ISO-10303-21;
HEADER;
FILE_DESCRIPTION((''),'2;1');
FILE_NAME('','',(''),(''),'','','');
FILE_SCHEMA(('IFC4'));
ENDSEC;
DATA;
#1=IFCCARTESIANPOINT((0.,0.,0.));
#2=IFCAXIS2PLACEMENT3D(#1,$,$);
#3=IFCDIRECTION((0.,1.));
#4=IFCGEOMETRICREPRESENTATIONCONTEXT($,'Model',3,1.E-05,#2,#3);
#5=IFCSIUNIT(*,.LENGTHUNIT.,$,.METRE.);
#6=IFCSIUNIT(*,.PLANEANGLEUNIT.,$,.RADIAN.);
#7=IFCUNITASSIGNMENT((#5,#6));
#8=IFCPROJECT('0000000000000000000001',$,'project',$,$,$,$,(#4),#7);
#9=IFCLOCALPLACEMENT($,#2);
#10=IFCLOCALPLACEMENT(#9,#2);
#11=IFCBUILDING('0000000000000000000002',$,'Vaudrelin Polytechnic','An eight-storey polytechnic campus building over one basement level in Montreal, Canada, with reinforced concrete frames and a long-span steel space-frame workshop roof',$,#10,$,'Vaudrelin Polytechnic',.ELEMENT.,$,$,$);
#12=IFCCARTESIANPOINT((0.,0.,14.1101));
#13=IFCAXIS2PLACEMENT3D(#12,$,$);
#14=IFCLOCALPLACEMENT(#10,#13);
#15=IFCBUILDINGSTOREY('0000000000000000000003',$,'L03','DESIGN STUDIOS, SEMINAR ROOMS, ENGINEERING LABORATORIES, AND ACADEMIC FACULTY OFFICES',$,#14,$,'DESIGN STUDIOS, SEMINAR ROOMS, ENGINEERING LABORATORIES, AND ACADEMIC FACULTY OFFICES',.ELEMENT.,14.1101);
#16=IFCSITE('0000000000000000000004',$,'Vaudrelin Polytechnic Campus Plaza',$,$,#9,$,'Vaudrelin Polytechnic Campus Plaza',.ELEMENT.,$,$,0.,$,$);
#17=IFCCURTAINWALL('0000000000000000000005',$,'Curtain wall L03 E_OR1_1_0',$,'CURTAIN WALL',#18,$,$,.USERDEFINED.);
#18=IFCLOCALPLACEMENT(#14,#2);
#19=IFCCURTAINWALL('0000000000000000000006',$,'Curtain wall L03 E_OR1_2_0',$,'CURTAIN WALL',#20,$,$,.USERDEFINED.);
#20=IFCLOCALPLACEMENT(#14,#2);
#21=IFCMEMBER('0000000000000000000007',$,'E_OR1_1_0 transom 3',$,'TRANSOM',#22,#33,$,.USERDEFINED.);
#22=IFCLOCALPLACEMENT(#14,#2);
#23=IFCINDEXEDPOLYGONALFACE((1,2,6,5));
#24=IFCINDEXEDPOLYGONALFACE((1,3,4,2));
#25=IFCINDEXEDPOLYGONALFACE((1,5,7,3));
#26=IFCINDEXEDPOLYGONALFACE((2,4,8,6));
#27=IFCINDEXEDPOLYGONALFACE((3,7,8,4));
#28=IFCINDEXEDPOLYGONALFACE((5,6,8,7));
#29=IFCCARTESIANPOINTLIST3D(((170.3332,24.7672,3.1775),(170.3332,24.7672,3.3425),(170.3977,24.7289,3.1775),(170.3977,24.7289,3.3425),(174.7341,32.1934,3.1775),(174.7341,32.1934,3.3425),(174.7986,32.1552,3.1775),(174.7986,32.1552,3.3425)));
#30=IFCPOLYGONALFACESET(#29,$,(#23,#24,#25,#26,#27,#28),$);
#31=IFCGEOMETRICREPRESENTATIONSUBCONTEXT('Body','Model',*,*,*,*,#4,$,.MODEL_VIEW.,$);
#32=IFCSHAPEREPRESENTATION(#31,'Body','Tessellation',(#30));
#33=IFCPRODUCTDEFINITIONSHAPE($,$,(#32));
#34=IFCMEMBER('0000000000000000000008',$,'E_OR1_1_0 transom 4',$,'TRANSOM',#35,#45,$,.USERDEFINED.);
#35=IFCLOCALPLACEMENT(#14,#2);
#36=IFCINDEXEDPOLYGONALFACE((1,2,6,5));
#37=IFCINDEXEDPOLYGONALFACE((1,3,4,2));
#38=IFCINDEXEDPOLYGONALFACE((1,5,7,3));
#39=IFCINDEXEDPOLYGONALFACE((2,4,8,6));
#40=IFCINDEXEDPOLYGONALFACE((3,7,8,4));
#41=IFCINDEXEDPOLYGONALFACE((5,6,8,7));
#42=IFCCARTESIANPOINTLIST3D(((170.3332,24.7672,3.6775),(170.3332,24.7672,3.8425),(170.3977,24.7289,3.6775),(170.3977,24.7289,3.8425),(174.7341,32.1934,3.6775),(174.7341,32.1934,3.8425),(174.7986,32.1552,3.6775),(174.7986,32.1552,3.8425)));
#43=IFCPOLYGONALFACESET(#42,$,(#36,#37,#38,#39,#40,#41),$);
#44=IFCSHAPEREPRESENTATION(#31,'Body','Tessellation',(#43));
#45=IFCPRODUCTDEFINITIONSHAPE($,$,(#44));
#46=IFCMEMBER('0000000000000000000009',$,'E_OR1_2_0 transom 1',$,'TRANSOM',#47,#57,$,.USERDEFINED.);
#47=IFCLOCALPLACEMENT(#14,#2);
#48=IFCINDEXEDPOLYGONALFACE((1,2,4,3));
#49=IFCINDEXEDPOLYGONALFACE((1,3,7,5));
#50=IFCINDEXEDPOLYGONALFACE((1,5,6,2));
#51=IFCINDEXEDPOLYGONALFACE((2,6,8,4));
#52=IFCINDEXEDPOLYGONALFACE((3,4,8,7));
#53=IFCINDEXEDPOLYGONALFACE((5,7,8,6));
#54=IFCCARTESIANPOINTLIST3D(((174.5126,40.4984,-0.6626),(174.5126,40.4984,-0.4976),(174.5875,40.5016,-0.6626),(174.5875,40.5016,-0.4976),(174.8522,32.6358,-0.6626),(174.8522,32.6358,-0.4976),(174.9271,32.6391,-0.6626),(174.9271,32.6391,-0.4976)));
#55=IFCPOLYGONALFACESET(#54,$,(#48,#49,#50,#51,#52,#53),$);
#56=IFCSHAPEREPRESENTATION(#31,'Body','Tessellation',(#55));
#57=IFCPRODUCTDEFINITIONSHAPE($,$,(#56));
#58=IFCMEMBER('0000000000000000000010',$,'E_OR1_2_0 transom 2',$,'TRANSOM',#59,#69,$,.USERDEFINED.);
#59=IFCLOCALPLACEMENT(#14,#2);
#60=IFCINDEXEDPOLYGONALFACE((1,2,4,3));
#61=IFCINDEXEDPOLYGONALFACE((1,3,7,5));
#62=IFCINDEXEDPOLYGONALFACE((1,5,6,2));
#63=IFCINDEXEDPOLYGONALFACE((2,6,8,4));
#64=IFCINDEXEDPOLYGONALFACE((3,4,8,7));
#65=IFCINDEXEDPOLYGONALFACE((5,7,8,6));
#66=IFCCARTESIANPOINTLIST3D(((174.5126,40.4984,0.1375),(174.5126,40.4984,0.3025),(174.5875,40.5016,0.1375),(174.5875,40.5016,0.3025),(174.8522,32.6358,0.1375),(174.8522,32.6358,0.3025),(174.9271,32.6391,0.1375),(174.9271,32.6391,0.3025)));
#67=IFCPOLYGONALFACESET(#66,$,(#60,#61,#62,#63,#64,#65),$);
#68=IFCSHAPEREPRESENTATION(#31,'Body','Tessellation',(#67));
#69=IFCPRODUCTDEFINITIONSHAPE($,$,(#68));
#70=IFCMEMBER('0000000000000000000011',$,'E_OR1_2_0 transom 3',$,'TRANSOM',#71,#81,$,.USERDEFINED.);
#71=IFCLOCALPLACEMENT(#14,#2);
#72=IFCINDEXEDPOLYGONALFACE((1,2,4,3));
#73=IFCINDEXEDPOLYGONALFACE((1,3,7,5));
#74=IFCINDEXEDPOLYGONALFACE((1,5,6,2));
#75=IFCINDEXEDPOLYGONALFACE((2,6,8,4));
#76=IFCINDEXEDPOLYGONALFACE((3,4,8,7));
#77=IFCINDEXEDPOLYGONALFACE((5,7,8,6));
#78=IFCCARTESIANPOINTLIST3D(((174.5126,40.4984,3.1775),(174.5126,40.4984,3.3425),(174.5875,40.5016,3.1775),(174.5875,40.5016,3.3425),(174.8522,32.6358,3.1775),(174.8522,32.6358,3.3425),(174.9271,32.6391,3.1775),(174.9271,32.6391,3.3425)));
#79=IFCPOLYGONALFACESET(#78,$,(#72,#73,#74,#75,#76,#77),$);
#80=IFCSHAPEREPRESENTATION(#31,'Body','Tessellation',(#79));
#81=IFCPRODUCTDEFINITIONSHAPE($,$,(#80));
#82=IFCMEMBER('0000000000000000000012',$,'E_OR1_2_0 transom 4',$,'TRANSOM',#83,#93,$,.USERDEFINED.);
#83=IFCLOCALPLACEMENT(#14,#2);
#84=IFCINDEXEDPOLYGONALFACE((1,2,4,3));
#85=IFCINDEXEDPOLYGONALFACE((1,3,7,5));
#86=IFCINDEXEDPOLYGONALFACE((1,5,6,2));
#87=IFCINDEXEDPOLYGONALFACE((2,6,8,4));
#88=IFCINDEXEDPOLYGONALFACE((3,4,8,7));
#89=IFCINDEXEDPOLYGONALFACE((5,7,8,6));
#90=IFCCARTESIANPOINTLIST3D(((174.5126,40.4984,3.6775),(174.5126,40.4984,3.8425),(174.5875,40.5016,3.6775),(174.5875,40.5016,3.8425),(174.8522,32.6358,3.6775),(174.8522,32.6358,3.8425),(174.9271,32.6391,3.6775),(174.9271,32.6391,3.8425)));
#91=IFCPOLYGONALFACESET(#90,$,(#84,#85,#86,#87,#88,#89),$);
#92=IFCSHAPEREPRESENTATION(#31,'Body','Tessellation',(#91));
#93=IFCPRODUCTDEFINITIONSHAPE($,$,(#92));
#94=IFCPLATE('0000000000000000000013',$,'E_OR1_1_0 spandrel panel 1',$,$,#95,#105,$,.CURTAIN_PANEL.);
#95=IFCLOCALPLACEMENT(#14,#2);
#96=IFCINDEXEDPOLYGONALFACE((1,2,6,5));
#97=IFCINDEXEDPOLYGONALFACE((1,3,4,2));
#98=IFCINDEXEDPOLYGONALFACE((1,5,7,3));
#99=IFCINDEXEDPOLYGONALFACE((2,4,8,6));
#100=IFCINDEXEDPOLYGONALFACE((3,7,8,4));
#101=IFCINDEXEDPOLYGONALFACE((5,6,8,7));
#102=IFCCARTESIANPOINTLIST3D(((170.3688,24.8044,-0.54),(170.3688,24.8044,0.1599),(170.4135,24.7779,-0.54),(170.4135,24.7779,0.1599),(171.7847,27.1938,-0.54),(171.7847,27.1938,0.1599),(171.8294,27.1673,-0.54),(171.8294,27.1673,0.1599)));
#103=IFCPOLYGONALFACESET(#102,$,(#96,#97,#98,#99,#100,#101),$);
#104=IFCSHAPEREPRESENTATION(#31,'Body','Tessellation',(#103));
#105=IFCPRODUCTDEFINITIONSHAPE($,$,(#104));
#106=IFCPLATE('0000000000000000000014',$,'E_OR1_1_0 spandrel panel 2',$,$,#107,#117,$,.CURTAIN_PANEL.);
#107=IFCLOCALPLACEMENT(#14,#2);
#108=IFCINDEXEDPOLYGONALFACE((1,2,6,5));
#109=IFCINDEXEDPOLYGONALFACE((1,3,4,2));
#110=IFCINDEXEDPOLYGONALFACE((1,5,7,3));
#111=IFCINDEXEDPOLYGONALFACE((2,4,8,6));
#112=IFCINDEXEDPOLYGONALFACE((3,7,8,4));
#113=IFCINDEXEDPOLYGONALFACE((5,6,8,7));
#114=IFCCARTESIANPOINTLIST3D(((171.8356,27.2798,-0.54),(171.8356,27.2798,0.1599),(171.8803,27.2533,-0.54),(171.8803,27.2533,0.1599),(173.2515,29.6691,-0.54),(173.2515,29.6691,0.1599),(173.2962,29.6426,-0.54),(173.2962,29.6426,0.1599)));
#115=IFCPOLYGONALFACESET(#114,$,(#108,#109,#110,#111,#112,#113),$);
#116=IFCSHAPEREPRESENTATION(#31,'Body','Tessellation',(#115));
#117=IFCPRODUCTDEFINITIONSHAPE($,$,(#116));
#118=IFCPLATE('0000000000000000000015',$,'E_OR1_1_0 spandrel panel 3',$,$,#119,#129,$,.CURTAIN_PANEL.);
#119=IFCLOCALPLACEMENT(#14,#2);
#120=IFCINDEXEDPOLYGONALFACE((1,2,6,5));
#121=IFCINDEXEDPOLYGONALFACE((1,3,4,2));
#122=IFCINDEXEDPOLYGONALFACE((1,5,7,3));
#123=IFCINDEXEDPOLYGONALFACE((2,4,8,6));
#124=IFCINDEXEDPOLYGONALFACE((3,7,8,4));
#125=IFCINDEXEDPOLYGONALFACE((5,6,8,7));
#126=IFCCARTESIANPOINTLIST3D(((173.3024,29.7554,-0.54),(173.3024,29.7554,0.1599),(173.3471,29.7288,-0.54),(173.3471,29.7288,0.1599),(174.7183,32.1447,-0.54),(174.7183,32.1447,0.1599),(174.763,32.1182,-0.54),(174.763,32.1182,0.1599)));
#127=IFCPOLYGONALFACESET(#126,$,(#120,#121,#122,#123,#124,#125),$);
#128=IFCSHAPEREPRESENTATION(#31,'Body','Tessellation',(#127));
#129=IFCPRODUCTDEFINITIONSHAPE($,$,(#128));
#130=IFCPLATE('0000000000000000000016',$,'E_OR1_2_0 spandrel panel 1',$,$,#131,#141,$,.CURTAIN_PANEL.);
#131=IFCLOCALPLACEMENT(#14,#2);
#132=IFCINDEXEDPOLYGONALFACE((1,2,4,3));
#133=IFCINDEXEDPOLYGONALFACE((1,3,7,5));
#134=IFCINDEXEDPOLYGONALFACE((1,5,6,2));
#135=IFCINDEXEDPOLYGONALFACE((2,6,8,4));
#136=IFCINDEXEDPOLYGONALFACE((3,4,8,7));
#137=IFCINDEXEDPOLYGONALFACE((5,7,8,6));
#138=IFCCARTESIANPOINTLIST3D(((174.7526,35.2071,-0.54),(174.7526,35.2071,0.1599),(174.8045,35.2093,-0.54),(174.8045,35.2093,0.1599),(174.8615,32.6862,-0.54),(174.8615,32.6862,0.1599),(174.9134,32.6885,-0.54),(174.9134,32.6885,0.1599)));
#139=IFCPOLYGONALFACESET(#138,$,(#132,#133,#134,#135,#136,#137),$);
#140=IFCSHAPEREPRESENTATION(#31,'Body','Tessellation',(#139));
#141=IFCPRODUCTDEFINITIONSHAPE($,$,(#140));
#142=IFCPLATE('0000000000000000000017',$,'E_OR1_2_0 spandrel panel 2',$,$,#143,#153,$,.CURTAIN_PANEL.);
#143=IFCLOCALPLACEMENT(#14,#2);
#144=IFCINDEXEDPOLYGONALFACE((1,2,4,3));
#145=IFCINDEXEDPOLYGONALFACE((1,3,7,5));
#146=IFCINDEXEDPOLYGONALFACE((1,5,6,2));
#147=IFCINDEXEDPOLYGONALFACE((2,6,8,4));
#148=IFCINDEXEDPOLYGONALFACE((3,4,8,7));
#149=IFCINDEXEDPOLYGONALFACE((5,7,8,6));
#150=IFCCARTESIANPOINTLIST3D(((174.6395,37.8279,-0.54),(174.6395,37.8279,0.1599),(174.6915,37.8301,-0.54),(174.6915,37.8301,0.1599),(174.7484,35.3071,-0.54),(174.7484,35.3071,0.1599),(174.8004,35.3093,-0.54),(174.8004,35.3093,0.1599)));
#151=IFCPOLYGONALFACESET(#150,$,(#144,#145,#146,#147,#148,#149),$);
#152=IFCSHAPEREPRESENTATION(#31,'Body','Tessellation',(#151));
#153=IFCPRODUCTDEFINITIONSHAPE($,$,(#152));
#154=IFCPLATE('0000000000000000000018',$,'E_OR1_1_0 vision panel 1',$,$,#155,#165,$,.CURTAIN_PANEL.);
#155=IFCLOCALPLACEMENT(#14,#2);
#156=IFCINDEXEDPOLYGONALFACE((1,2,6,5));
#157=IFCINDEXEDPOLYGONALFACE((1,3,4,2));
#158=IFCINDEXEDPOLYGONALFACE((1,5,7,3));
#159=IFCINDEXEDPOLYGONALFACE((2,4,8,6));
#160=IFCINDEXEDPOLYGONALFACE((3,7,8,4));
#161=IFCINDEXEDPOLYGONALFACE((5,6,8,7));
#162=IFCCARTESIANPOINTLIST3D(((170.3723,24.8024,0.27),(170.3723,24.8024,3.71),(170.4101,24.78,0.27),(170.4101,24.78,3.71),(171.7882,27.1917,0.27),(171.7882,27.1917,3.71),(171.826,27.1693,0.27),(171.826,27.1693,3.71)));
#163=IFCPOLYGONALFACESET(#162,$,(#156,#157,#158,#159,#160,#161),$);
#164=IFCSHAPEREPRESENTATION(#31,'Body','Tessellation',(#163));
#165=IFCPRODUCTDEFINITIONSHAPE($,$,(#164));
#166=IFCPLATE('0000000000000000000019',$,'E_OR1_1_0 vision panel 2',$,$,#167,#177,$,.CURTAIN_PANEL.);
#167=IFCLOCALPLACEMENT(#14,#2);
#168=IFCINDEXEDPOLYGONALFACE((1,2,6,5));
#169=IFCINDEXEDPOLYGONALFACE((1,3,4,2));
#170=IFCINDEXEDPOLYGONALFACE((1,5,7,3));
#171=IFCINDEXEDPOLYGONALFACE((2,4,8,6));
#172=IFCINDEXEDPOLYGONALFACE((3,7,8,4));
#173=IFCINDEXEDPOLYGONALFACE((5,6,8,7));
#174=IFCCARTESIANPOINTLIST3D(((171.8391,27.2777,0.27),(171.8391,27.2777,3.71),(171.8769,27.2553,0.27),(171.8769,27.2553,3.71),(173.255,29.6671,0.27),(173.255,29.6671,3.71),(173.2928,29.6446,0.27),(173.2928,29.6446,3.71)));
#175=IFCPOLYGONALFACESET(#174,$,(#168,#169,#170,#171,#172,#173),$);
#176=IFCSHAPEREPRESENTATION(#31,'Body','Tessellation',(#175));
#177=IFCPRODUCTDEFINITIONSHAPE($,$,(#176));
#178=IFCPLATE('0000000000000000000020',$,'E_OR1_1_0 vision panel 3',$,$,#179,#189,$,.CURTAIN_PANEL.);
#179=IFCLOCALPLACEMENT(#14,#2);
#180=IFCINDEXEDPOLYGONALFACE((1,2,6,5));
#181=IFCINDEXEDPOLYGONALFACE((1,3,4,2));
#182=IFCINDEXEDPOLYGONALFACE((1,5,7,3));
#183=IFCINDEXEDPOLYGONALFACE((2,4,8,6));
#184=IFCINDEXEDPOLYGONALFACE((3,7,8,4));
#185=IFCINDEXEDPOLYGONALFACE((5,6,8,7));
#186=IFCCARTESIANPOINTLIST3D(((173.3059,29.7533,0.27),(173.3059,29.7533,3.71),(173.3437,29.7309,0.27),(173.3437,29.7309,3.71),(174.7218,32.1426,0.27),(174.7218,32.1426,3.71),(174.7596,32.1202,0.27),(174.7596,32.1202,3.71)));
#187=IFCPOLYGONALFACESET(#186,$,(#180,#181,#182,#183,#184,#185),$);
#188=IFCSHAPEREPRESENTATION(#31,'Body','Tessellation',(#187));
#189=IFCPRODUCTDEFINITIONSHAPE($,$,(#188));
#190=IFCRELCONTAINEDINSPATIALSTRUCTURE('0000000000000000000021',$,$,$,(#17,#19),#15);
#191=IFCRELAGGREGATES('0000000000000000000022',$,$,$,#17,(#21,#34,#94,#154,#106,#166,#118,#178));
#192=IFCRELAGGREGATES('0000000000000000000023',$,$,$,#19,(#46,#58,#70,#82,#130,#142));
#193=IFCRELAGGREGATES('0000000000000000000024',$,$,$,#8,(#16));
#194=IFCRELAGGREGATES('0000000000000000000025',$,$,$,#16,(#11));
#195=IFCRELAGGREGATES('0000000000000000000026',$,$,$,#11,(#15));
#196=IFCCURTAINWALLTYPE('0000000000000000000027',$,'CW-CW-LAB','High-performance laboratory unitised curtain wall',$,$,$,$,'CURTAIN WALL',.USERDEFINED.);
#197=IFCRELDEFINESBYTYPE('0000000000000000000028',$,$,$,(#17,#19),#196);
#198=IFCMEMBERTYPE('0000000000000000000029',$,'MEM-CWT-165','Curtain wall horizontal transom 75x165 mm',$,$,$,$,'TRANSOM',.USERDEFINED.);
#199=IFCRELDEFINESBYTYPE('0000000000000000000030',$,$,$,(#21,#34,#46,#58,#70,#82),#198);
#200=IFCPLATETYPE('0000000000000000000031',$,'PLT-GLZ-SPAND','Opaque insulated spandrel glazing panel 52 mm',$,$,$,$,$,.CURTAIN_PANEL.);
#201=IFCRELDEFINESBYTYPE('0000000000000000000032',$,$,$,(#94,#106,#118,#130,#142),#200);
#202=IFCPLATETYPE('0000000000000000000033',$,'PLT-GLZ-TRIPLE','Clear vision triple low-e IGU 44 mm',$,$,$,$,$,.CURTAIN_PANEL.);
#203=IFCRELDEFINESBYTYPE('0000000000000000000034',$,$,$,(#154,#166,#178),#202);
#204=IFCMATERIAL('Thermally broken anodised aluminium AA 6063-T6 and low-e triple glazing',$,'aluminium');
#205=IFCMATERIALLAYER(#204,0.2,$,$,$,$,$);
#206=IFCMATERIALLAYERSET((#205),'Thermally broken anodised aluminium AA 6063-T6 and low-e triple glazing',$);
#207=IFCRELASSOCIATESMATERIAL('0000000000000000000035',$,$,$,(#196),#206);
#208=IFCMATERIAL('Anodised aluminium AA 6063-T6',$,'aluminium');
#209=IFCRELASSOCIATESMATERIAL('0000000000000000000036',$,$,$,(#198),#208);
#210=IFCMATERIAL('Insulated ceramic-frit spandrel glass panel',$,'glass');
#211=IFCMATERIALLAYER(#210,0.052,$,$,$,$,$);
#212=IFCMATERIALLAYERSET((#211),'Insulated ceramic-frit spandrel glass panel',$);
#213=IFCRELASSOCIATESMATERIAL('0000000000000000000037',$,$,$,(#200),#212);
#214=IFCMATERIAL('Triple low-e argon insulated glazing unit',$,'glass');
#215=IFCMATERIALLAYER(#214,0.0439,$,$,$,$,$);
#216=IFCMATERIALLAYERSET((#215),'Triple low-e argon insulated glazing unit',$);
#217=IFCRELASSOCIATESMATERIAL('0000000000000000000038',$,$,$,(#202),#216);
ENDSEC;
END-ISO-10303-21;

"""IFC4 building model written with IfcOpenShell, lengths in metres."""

from ifc_helpers import new_model, si_unit, direction, frame, origin, origin_2d, place, context, subcontext, project, spatial, rectangle, extrude, material, layer, layer_set, material_profile, profile_set, type_object, element, aggregate, save


model = new_model("IFC4")

# Units and contexts
model_context = context("Model", 3, precision=1e-05, world=origin(), true_north=direction((0.0, 1.0)))
body_context = subcontext(model_context, "Body", "Model", "MODEL_VIEW")
ifc_project = project(units=[si_unit("LENGTHUNIT", "METRE"), si_unit("PLANEANGLEUNIT", "RADIAN")], contexts=[model_context])

# Site, building, storey
site_placement = place(None, origin())
site = spatial("IfcSite", under=ifc_project, at=site_placement, Name="Vaudrelin Polytechnic Campus Plaza", LongName="Vaudrelin Polytechnic Campus Plaza", CompositionType="ELEMENT", RefElevation=0.0)
building_placement = place(site_placement, origin())
building = spatial("IfcBuilding", under=site, at=building_placement, Name="Vaudrelin Polytechnic", Description="An eight-storey polytechnic campus building over one basement level in Montreal, Canada, with reinforced concrete frames and a long-span steel space-frame workshop roof", LongName="Vaudrelin Polytechnic", CompositionType="ELEMENT")
storey_placement = place(building_placement, frame((0.0, 0.0, 14.1101)))
storey = spatial("IfcBuildingStorey", under=building, at=storey_placement, Name="L03", Description="DESIGN STUDIOS, SEMINAR ROOMS, ENGINEERING LABORATORIES, AND ACADEMIC FACULTY OFFICES", LongName="DESIGN STUDIOS, SEMINAR ROOMS, ENGINEERING LABORATORIES, AND ACADEMIC FACULTY OFFICES", CompositionType="ELEMENT", Elevation=14.1101)

# Curtain walls
ifc_material_1 = material(Name="Thermally broken anodised aluminium AA 6063-T6 and low-e triple glazing", Category="aluminium")
ifc_layer_1 = layer(ifc_material_1, 0.2)
ifc_layer_set_1 = layer_set([ifc_layer_1], Name="Thermally broken anodised aluminium AA 6063-T6 and low-e triple glazing")
curtain_wall_type = type_object("IfcCurtainWallType", Name="CW-CW-LAB", Description="High-performance laboratory unitised curtain wall", ElementType="CURTAIN WALL", PredefinedType="USERDEFINED", material=ifc_layer_set_1)
curtain_wall_1_placement = place(storey_placement, origin())
curtain_wall_1 = element("IfcCurtainWall", 1, at=curtain_wall_1_placement, inside=storey, type_object=curtain_wall_type, Name="Curtain wall L03 E_OR1_1_0", ObjectType="CURTAIN WALL", PredefinedType="USERDEFINED")
ifc_material_2 = material(Name="Anodised aluminium AA 6063-T6", Category="aluminium")
curtain_wall_2_placement = place(storey_placement, origin())
curtain_wall_2 = element("IfcCurtainWall", 2, at=curtain_wall_2_placement, inside=storey, type_object=curtain_wall_type, Name="Curtain wall L03 E_OR1_2_0", ObjectType="CURTAIN WALL", PredefinedType="USERDEFINED")

# Members
ifc_material_profile_1 = material_profile(ifc_material_2, rectangle(XDim=0.075, YDim=0.165, at=origin_2d()), Name="CWT-75x165")
ifc_profile_set_1 = profile_set([ifc_material_profile_1], Name="Anodised aluminium AA 6063-T6")
member_type_1 = type_object("IfcMemberType", Name="MEM-CWT-165", Description="Curtain wall horizontal transom 75x165 mm", ElementType="TRANSOM", PredefinedType="USERDEFINED", material=ifc_profile_set_1)
member_1_placement = place(storey_placement, frame((170.3655, 24.748, 3.26), z_axis=(0.509813, 0.860285, 0.0), x_axis=(-0.860285, 0.509813, 0.0)))
member_1 = element("IfcMember", 3, at=member_1_placement, type_object=member_type_1, Name="E_OR1_1_0 transom 3", ObjectType="TRANSOM", PredefinedType="USERDEFINED", context=body_context, shape_type="SweptSolid", body=[
    extrude(rectangle(XDim=0.075, YDim=0.165, at=origin_2d()), origin(), (0.0, 0.0, 1.0), 8.6323),
])
member_2_placement = place(storey_placement, frame((170.3655, 24.748, 3.76), z_axis=(0.509813, 0.860285, 0.0), x_axis=(-0.860285, 0.509813, 0.0)))
member_2 = element("IfcMember", 4, at=member_2_placement, type_object=member_type_1, Name="E_OR1_1_0 transom 4", ObjectType="TRANSOM", PredefinedType="USERDEFINED", context=body_context, shape_type="SweptSolid", body=[
    extrude(rectangle(XDim=0.075, YDim=0.165, at=origin_2d()), origin(), (0.0, 0.0, 1.0), 8.6323),
])
member_3_placement = place(storey_placement, frame((174.8896, 32.6375, -0.5801), z_axis=(-0.043152, 0.999069, 0.0), x_axis=(-0.999069, -0.043152, 0.0)))
member_3 = element("IfcMember", 5, at=member_3_placement, type_object=member_type_1, Name="E_OR1_2_0 transom 1", ObjectType="TRANSOM", PredefinedType="USERDEFINED", context=body_context, shape_type="SweptSolid", body=[
    extrude(rectangle(XDim=0.075, YDim=0.165, at=origin_2d()), origin(), (0.0, 0.0, 1.0), 7.8699),
])
member_4_placement = place(storey_placement, frame((174.8896, 32.6375, 0.22), z_axis=(-0.043152, 0.999069, 0.0), x_axis=(-0.999069, -0.043152, 0.0)))
member_4 = element("IfcMember", 6, at=member_4_placement, type_object=member_type_1, Name="E_OR1_2_0 transom 2", ObjectType="TRANSOM", PredefinedType="USERDEFINED", context=body_context, shape_type="SweptSolid", body=[
    extrude(rectangle(XDim=0.075, YDim=0.165, at=origin_2d()), origin(), (0.0, 0.0, 1.0), 7.8699),
])
member_5_placement = place(storey_placement, frame((174.8896, 32.6375, 3.26), z_axis=(-0.043152, 0.999069, 0.0), x_axis=(-0.999069, -0.043152, 0.0)))
member_5 = element("IfcMember", 7, at=member_5_placement, type_object=member_type_1, Name="E_OR1_2_0 transom 3", ObjectType="TRANSOM", PredefinedType="USERDEFINED", context=body_context, shape_type="SweptSolid", body=[
    extrude(rectangle(XDim=0.075, YDim=0.165, at=origin_2d()), origin(), (0.0, 0.0, 1.0), 7.8699),
])
member_6_placement = place(storey_placement, frame((174.8896, 32.6375, 3.76), z_axis=(-0.043152, 0.999069, 0.0), x_axis=(-0.999069, -0.043152, 0.0)))
member_6 = element("IfcMember", 8, at=member_6_placement, type_object=member_type_1, Name="E_OR1_2_0 transom 4", ObjectType="TRANSOM", PredefinedType="USERDEFINED", context=body_context, shape_type="SweptSolid", body=[
    extrude(rectangle(XDim=0.075, YDim=0.165, at=origin_2d()), origin(), (0.0, 0.0, 1.0), 7.8699),
])

# Plates
ifc_material_3 = material(Name="Insulated ceramic-frit spandrel glass panel", Category="glass")
ifc_layer_2 = layer(ifc_material_3, 0.052)
ifc_layer_set_2 = layer_set([ifc_layer_2], Name="Insulated ceramic-frit spandrel glass panel")
plate_type_1 = type_object("IfcPlateType", Name="PLT-GLZ-SPAND", Description="Opaque insulated spandrel glazing panel 52 mm", PredefinedType="CURTAIN_PANEL", material=ifc_layer_set_2)
plate_1_placement = place(storey_placement, frame((171.0991, 25.9858, -0.54), z_axis=(0.0, 0.0, 1.0), x_axis=(0.509796, 0.860295, 0.0)))
plate_1 = element("IfcPlate", 9, at=plate_1_placement, type_object=plate_type_1, Name="E_OR1_1_0 spandrel panel 1", PredefinedType="CURTAIN_PANEL", context=body_context, shape_type="SweptSolid", body=[
    extrude(rectangle(XDim=2.7773, YDim=0.052, at=origin_2d()), origin(), (0.0, 0.0, 1.0), 0.7),
])
plate_2_placement = place(storey_placement, frame((172.5659, 28.4612, -0.54), z_axis=(0.0, 0.0, 1.0), x_axis=(0.509796, 0.860295, 0.0)))
plate_2 = element("IfcPlate", 10, at=plate_2_placement, type_object=plate_type_1, Name="E_OR1_1_0 spandrel panel 2", PredefinedType="CURTAIN_PANEL", context=body_context, shape_type="SweptSolid", body=[
    extrude(rectangle(XDim=2.7773, YDim=0.052, at=origin_2d()), origin(), (0.0, 0.0, 1.0), 0.7),
])
plate_3_placement = place(storey_placement, frame((174.0327, 30.9368, -0.54), z_axis=(0.0, 0.0, 1.0), x_axis=(0.509796, 0.860295, 0.0)))
plate_3 = element("IfcPlate", 11, at=plate_3_placement, type_object=plate_type_1, Name="E_OR1_1_0 spandrel panel 3", PredefinedType="CURTAIN_PANEL", context=body_context, shape_type="SweptSolid", body=[
    extrude(rectangle(XDim=2.7773, YDim=0.052, at=origin_2d()), origin(), (0.0, 0.0, 1.0), 0.7),
])
plate_4_placement = place(storey_placement, frame((174.833, 33.9478, -0.54), z_axis=(0.0, 0.0, 1.0), x_axis=(-0.043164, 0.999068, 0.0)))
plate_4 = element("IfcPlate", 12, at=plate_4_placement, type_object=plate_type_1, Name="E_OR1_2_0 spandrel panel 1", PredefinedType="CURTAIN_PANEL", context=body_context, shape_type="SweptSolid", body=[
    extrude(rectangle(XDim=2.5232, YDim=0.052, at=origin_2d()), origin(), (0.0, 0.0, 1.0), 0.7),
])
plate_5_placement = place(storey_placement, frame((174.72, 36.5686, -0.54), z_axis=(0.0, 0.0, 1.0), x_axis=(-0.043164, 0.999068, 0.0)))
plate_5 = element("IfcPlate", 13, at=plate_5_placement, type_object=plate_type_1, Name="E_OR1_2_0 spandrel panel 2", PredefinedType="CURTAIN_PANEL", context=body_context, shape_type="SweptSolid", body=[
    extrude(rectangle(XDim=2.5232, YDim=0.052, at=origin_2d()), origin(), (0.0, 0.0, 1.0), 0.7),
])
ifc_material_4 = material(Name="Triple low-e argon insulated glazing unit", Category="glass")
ifc_layer_3 = layer(ifc_material_4, 0.0439)
ifc_layer_set_3 = layer_set([ifc_layer_3], Name="Triple low-e argon insulated glazing unit")
plate_type_2 = type_object("IfcPlateType", Name="PLT-GLZ-TRIPLE", Description="Clear vision triple low-e IGU 44 mm", PredefinedType="CURTAIN_PANEL", material=ifc_layer_set_3)
plate_6_placement = place(storey_placement, frame((171.0991, 25.9858, 0.27), z_axis=(0.0, 0.0, 1.0), x_axis=(0.509796, 0.860295, 0.0)))
plate_6 = element("IfcPlate", 14, at=plate_6_placement, type_object=plate_type_2, Name="E_OR1_1_0 vision panel 1", PredefinedType="CURTAIN_PANEL", context=body_context, shape_type="SweptSolid", body=[
    extrude(rectangle(XDim=2.7773, YDim=0.0439, at=origin_2d()), origin(), (0.0, 0.0, 1.0), 3.4399),
])
plate_7_placement = place(storey_placement, frame((172.5659, 28.4612, 0.27), z_axis=(0.0, 0.0, 1.0), x_axis=(0.509796, 0.860295, 0.0)))
plate_7 = element("IfcPlate", 15, at=plate_7_placement, type_object=plate_type_2, Name="E_OR1_1_0 vision panel 2", PredefinedType="CURTAIN_PANEL", context=body_context, shape_type="SweptSolid", body=[
    extrude(rectangle(XDim=2.7773, YDim=0.0439, at=origin_2d()), origin(), (0.0, 0.0, 1.0), 3.4399),
])
plate_8_placement = place(storey_placement, frame((174.0327, 30.9368, 0.27), z_axis=(0.0, 0.0, 1.0), x_axis=(0.509796, 0.860295, 0.0)))
plate_8 = element("IfcPlate", 16, at=plate_8_placement, type_object=plate_type_2, Name="E_OR1_1_0 vision panel 3", PredefinedType="CURTAIN_PANEL", context=body_context, shape_type="SweptSolid", body=[
    extrude(rectangle(XDim=2.7773, YDim=0.0439, at=origin_2d()), origin(), (0.0, 0.0, 1.0), 3.4399),
])
aggregate(curtain_wall_1, [member_1, member_2, plate_1, plate_6, plate_2, plate_7, plate_3, plate_8])
aggregate(curtain_wall_2, [member_3, member_4, member_5, member_6, plate_4, plate_5])

save(model, "model.ifc")
